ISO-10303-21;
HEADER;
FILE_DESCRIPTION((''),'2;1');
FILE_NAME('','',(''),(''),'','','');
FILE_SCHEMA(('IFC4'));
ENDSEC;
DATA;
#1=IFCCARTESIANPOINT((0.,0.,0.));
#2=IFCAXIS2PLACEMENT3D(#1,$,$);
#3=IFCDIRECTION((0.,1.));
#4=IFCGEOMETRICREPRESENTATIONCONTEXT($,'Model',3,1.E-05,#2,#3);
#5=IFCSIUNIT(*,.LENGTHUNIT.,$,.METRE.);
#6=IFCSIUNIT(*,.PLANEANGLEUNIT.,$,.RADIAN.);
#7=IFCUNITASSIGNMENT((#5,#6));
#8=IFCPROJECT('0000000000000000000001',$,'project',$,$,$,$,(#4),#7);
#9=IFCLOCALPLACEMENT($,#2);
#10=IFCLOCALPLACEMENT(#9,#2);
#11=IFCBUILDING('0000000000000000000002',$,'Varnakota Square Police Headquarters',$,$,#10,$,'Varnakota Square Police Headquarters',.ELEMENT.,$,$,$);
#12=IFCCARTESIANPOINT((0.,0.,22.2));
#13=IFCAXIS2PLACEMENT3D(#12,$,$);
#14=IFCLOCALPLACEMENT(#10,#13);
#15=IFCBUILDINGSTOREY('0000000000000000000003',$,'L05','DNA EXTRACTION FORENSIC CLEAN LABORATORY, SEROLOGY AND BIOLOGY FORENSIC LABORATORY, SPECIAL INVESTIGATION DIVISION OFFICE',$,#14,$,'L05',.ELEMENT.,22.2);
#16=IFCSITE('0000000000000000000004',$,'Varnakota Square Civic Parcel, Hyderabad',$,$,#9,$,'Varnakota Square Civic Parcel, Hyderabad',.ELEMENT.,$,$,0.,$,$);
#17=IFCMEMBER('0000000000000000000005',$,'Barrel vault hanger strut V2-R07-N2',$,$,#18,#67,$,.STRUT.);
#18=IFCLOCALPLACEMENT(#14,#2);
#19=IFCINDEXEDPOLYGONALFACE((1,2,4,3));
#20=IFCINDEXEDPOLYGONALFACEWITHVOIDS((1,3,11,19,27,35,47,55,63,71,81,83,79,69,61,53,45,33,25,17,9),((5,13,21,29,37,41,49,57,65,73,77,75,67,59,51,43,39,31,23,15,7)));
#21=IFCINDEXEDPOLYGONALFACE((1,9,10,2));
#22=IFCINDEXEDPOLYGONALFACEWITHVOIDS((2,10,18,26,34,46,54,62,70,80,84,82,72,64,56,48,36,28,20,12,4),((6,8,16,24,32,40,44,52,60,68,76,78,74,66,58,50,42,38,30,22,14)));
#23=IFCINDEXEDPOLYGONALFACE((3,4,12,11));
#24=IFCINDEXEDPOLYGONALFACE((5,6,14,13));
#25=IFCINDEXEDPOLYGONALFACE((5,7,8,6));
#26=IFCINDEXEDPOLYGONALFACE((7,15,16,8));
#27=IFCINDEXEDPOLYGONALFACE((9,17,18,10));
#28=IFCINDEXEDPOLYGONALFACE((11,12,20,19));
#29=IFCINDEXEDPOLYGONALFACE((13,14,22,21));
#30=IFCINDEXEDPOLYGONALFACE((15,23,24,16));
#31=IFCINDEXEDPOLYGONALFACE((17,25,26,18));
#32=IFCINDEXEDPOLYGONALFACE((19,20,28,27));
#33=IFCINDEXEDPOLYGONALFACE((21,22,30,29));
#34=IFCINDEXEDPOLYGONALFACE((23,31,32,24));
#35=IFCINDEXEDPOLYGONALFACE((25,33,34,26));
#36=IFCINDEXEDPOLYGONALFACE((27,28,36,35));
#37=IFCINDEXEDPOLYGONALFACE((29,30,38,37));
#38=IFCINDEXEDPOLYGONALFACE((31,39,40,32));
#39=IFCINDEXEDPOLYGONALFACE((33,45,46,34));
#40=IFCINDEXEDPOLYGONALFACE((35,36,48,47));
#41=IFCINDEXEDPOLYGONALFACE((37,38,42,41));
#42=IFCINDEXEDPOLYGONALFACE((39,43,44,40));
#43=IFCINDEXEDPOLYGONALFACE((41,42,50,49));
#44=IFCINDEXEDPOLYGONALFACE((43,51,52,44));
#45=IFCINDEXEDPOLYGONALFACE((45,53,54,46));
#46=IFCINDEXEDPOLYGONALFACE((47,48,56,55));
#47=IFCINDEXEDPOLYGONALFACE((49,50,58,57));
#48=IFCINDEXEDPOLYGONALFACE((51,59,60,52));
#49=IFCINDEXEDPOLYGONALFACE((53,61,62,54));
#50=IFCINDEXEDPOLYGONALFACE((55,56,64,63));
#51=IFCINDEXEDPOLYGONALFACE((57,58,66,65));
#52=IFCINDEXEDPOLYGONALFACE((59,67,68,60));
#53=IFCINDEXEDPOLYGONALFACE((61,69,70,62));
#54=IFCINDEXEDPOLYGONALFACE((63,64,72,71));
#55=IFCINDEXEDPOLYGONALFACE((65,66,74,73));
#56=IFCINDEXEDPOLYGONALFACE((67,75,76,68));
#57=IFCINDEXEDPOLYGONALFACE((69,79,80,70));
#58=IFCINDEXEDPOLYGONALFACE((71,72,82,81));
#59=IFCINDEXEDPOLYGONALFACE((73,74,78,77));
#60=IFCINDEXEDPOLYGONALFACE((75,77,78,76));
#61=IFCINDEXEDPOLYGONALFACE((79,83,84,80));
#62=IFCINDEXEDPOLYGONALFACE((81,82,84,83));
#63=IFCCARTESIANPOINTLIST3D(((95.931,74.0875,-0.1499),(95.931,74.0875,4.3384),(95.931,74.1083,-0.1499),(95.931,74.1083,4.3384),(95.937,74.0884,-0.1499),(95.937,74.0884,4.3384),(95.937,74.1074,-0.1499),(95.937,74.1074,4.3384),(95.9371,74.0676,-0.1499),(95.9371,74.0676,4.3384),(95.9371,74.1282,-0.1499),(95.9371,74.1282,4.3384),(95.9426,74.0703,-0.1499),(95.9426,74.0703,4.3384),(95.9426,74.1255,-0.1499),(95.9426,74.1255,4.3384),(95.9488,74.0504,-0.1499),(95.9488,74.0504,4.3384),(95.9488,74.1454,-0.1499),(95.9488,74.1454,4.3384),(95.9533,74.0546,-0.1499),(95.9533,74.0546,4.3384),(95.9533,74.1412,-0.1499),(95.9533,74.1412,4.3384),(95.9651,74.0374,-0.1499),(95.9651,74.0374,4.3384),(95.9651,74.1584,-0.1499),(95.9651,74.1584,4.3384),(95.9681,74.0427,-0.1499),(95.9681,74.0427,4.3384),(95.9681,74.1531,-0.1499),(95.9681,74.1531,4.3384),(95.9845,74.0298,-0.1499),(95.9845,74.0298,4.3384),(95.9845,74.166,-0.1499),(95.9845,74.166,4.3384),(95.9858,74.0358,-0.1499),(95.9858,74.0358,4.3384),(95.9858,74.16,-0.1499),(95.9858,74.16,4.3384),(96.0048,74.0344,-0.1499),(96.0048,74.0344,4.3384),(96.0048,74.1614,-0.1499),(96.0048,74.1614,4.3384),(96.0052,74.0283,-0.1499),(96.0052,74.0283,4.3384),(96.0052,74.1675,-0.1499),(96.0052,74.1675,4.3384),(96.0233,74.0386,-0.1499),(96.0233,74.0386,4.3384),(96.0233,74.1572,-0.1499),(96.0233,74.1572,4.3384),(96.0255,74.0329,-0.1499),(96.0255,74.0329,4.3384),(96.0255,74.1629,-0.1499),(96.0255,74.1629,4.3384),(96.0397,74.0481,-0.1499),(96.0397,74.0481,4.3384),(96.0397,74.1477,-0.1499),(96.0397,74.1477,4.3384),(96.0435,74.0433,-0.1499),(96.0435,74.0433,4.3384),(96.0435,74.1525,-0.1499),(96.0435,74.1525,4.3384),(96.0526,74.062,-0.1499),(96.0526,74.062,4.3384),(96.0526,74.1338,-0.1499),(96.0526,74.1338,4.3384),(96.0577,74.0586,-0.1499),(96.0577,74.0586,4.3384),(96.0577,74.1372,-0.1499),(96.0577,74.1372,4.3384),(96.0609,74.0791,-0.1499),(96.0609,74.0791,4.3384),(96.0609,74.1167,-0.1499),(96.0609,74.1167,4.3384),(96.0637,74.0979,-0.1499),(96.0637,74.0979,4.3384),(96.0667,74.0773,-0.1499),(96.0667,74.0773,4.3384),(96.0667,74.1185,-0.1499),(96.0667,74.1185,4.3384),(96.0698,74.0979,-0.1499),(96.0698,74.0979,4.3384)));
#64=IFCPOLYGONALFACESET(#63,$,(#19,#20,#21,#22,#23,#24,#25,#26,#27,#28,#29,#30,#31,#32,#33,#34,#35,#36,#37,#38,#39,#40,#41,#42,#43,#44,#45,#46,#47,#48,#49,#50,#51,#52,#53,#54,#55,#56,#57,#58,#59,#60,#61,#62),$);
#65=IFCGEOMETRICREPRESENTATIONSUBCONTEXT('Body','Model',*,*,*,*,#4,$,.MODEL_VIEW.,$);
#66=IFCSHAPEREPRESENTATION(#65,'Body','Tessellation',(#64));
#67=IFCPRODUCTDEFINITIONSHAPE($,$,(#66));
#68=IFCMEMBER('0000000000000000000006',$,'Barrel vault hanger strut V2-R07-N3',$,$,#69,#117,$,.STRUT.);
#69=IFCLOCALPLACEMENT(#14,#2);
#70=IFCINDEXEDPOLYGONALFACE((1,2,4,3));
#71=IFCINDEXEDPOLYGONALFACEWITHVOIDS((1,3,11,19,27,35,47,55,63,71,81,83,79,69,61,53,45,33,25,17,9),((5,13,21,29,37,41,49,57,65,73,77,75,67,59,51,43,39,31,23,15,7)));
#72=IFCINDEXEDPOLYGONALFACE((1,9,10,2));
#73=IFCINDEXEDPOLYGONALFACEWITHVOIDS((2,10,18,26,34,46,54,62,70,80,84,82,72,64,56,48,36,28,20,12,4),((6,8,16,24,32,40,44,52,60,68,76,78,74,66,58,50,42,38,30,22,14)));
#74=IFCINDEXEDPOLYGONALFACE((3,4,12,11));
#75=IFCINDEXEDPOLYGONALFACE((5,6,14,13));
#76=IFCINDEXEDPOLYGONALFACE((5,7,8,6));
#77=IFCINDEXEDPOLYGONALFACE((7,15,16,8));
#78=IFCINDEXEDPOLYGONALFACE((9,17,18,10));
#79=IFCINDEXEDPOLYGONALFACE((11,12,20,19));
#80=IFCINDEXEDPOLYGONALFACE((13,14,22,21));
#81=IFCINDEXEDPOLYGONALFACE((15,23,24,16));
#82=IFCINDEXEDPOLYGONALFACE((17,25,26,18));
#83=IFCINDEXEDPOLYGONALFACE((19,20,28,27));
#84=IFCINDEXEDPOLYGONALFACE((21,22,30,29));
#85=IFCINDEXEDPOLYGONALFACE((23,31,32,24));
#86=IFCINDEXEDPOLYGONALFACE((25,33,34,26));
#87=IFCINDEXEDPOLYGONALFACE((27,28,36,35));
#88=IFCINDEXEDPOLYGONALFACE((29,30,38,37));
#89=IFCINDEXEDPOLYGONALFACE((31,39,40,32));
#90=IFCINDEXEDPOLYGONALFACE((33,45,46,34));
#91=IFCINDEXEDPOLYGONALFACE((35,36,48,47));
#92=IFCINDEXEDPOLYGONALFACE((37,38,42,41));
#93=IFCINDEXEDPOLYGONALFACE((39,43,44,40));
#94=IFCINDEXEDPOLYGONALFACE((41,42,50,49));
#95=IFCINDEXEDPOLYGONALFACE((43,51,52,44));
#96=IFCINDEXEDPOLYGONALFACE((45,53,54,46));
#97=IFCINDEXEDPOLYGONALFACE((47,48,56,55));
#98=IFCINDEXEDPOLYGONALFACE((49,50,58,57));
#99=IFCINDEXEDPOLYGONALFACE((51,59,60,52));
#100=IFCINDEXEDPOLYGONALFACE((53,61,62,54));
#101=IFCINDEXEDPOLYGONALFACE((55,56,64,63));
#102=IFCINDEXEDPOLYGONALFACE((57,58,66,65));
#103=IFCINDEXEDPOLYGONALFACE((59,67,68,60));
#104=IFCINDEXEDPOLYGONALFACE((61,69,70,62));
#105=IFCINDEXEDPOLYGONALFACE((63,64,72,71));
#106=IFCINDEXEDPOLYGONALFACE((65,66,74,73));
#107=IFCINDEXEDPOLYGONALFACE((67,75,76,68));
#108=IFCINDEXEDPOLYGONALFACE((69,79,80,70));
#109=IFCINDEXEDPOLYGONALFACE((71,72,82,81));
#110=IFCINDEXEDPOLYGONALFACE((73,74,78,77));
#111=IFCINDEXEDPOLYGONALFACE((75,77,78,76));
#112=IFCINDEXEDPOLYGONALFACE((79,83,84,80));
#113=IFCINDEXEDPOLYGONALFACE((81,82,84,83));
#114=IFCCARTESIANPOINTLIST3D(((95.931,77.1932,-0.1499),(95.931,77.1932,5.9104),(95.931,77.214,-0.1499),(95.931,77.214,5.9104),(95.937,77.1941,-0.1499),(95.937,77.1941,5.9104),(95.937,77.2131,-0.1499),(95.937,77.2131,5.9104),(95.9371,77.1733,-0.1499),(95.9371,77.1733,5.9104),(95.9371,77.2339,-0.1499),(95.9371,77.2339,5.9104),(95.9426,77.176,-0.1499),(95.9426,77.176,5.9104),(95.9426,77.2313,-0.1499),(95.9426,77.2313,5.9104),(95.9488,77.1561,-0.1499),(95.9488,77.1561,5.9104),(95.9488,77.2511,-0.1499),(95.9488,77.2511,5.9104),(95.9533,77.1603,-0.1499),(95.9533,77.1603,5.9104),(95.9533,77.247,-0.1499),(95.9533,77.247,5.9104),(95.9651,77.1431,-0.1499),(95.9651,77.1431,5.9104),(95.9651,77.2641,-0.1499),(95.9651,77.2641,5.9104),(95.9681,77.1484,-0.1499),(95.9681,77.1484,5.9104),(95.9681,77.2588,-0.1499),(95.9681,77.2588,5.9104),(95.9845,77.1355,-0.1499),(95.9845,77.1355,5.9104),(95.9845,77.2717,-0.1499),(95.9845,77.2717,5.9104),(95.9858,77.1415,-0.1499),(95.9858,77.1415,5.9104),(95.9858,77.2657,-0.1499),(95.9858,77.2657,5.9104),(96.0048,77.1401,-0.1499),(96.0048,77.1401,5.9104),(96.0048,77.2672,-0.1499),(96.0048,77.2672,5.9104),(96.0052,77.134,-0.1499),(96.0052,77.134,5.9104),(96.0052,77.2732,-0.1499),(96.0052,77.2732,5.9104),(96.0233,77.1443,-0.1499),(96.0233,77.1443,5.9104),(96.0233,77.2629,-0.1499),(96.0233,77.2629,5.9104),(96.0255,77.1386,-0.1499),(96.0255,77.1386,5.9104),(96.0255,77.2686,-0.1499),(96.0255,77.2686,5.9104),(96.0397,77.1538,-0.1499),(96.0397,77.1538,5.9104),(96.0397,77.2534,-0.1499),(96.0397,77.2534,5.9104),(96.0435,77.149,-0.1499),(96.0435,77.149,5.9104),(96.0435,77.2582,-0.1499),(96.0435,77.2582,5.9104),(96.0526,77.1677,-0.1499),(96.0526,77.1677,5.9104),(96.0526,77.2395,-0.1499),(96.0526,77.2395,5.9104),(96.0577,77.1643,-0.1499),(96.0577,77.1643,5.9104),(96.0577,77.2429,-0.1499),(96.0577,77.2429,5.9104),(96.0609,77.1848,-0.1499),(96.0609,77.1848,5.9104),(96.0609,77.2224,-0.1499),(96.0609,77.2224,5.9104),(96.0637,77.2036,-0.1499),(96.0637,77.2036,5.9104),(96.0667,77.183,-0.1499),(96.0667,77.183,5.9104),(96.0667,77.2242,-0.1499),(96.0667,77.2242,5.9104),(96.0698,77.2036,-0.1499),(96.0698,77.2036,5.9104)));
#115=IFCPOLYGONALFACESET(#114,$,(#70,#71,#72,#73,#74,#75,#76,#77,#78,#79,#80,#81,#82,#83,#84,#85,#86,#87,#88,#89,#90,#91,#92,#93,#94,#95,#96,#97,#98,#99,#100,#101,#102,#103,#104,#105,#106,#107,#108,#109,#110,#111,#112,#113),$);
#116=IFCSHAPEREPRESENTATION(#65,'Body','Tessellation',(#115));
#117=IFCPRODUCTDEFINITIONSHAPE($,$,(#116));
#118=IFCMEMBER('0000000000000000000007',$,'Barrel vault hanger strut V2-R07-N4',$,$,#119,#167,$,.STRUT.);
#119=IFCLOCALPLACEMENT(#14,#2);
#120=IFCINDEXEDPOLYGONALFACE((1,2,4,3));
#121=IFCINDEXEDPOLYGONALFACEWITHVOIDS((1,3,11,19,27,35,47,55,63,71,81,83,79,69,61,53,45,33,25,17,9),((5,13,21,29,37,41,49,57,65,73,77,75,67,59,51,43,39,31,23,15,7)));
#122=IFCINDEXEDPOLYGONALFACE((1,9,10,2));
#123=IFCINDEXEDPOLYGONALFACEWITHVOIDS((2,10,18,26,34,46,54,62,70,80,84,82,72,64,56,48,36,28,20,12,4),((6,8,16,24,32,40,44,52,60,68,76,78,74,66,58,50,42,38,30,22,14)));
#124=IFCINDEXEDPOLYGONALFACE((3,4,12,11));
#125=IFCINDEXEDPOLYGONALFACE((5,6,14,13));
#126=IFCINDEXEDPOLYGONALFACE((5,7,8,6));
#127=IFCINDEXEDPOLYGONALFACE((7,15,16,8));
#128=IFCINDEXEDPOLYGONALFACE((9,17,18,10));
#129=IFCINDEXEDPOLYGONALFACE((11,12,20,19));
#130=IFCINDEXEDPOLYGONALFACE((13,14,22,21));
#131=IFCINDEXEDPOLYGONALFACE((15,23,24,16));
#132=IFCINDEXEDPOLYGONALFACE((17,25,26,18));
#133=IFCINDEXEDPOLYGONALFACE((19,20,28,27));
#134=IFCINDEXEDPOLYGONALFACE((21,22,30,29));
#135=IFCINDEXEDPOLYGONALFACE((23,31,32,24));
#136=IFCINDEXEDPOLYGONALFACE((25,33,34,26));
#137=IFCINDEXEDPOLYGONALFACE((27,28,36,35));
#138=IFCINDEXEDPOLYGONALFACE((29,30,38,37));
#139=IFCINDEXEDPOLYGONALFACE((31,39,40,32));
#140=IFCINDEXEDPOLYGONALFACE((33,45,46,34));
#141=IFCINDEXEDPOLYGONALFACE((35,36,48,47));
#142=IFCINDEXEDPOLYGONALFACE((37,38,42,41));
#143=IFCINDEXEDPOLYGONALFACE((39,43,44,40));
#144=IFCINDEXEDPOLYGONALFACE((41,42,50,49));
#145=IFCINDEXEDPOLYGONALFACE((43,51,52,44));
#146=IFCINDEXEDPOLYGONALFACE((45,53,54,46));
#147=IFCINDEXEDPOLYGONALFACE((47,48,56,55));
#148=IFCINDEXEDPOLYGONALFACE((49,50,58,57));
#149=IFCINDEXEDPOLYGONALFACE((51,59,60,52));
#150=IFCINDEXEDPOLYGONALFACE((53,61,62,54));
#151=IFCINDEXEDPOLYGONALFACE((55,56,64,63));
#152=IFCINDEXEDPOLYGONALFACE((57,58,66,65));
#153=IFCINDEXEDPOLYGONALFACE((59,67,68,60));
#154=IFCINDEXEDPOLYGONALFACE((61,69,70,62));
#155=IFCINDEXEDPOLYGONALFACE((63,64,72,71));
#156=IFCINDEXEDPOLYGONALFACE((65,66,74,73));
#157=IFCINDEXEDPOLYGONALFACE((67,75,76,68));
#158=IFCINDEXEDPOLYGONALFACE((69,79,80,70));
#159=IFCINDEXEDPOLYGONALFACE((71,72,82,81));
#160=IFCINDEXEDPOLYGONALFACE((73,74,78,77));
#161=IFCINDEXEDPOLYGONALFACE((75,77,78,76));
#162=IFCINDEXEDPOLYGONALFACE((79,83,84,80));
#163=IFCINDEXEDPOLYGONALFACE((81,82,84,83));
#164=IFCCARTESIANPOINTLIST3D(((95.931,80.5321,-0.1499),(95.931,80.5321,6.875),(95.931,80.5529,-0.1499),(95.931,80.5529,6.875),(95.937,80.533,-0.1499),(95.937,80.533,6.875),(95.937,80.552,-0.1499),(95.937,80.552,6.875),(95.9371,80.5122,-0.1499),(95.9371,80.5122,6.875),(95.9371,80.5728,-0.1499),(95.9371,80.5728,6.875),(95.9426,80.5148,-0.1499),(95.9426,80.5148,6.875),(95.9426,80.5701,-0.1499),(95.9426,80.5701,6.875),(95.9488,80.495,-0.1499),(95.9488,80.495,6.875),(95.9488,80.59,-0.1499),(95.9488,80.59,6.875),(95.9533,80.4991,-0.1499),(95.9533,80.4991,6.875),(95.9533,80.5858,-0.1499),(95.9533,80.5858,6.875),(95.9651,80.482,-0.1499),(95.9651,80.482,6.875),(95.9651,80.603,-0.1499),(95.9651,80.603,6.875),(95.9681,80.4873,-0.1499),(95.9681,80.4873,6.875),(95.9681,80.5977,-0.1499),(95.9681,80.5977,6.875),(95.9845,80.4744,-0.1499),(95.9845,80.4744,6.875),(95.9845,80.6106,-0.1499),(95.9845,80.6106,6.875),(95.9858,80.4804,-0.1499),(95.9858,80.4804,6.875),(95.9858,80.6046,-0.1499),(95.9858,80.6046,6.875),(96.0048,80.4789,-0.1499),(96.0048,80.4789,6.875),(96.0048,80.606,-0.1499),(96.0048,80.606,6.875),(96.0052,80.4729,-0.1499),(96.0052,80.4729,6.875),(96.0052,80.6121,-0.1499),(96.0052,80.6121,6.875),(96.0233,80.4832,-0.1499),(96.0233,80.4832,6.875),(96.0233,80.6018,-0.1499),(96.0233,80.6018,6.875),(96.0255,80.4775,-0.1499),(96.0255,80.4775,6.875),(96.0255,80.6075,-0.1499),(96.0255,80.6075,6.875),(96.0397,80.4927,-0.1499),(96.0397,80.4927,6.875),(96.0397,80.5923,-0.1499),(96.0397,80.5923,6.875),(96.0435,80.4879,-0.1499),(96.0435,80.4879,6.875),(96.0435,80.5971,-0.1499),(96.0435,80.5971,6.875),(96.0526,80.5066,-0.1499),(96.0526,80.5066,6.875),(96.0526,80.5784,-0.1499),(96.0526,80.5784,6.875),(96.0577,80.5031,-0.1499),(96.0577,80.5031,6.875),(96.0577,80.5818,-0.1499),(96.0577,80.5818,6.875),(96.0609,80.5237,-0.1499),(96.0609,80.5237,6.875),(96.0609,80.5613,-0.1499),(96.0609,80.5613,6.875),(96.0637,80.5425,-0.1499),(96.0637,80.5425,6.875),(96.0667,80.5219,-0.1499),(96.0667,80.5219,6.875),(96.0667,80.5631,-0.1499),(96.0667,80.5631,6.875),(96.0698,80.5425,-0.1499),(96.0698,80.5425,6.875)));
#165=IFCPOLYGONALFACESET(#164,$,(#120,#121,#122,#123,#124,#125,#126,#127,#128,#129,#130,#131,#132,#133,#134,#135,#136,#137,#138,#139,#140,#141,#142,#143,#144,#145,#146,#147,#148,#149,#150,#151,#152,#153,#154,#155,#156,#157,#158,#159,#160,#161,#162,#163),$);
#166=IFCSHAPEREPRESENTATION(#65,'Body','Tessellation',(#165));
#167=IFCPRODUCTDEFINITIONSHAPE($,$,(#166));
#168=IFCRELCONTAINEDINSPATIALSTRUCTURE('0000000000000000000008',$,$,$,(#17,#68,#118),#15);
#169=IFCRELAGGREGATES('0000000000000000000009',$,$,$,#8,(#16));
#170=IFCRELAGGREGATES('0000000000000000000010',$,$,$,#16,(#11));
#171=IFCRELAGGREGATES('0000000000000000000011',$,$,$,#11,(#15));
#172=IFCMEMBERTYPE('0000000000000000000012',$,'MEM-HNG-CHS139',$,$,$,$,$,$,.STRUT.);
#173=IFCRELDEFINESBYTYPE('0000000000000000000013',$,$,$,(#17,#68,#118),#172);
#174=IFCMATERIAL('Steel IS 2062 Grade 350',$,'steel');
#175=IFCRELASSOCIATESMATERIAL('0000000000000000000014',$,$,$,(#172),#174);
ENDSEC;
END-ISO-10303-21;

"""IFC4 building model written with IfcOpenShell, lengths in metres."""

from ifc_helpers import new_model, si_unit, direction, frame, origin, origin_2d, place, context, subcontext, project, spatial, hollow_circle, extrude, material, material_profile, profile_set, type_object, element, save


model = new_model("IFC4")

# Units and contexts
model_context = context("Model", 3, precision=1e-05, world=origin(), true_north=direction((0.0, 1.0)))
body_context = subcontext(model_context, "Body", "Model", "MODEL_VIEW")
ifc_project = project(units=[si_unit("LENGTHUNIT", "METRE"), si_unit("PLANEANGLEUNIT", "RADIAN")], contexts=[model_context])

# Site, building, storey
site_placement = place(None, origin())
site = spatial("IfcSite", under=ifc_project, at=site_placement, Name="Varnakota Square Civic Parcel, Hyderabad", LongName="Varnakota Square Civic Parcel, Hyderabad", CompositionType="ELEMENT", RefElevation=0.0)
building_placement = place(site_placement, origin())
building = spatial("IfcBuilding", under=site, at=building_placement, Name="Varnakota Square Police Headquarters", LongName="Varnakota Square Police Headquarters", CompositionType="ELEMENT")
storey_placement = place(building_placement, frame((0.0, 0.0, 22.2)))
storey = spatial("IfcBuildingStorey", under=building, at=storey_placement, Name="L05", Description="DNA EXTRACTION FORENSIC CLEAN LABORATORY, SEROLOGY AND BIOLOGY FORENSIC LABORATORY, SPECIAL INVESTIGATION DIVISION OFFICE", LongName="L05", CompositionType="ELEMENT", Elevation=22.2)

# Shared definitions
ifc_material_1 = material(Name="Steel IS 2062 Grade 350", Category="steel")

# Members
ifc_material_profile_1 = material_profile(ifc_material_1, hollow_circle(Radius=0.0698, WallThickness=0.0061, at=origin_2d()), Name="CHS 139.7x6.0")
ifc_profile_set_1 = profile_set([ifc_material_profile_1], Name="Steel IS 2062 Grade 350")
member_type_1 = type_object("IfcMemberType", Name="MEM-HNG-CHS139", PredefinedType="STRUT", material=ifc_profile_set_1)
member_1_placement = place(storey_placement, frame((96.0, 74.0979, -0.1499), z_axis=(0.0, 0.0, 1.0), x_axis=(1.0, 0.0, 0.0)))
element("IfcMember", 1, at=member_1_placement, inside=storey, type_object=member_type_1, Name="Barrel vault hanger strut V2-R07-N2", PredefinedType="STRUT", context=body_context, shape_type="SweptSolid", body=[
    extrude(hollow_circle(Radius=0.0698, WallThickness=0.0061, at=origin_2d()), origin(), (0.0, 0.0, 1.0), 4.4883),
])
member_2_placement = place(storey_placement, frame((96.0, 77.2036, -0.1499), z_axis=(0.0, 0.0, 1.0), x_axis=(1.0, 0.0, 0.0)))
element("IfcMember", 2, at=member_2_placement, inside=storey, type_object=member_type_1, Name="Barrel vault hanger strut V2-R07-N3", PredefinedType="STRUT", context=body_context, shape_type="SweptSolid", body=[
    extrude(hollow_circle(Radius=0.0698, WallThickness=0.0061, at=origin_2d()), origin(), (0.0, 0.0, 1.0), 6.0603),
])
member_3_placement = place(storey_placement, frame((96.0, 80.5425, -0.1499), z_axis=(0.0, 0.0, 1.0), x_axis=(1.0, 0.0, 0.0)))
element("IfcMember", 3, at=member_3_placement, inside=storey, type_object=member_type_1, Name="Barrel vault hanger strut V2-R07-N4", PredefinedType="STRUT", context=body_context, shape_type="SweptSolid", body=[
    extrude(hollow_circle(Radius=0.0698, WallThickness=0.0061, at=origin_2d()), origin(), (0.0, 0.0, 1.0), 7.0249),
])

save(model, "model.ifc")
